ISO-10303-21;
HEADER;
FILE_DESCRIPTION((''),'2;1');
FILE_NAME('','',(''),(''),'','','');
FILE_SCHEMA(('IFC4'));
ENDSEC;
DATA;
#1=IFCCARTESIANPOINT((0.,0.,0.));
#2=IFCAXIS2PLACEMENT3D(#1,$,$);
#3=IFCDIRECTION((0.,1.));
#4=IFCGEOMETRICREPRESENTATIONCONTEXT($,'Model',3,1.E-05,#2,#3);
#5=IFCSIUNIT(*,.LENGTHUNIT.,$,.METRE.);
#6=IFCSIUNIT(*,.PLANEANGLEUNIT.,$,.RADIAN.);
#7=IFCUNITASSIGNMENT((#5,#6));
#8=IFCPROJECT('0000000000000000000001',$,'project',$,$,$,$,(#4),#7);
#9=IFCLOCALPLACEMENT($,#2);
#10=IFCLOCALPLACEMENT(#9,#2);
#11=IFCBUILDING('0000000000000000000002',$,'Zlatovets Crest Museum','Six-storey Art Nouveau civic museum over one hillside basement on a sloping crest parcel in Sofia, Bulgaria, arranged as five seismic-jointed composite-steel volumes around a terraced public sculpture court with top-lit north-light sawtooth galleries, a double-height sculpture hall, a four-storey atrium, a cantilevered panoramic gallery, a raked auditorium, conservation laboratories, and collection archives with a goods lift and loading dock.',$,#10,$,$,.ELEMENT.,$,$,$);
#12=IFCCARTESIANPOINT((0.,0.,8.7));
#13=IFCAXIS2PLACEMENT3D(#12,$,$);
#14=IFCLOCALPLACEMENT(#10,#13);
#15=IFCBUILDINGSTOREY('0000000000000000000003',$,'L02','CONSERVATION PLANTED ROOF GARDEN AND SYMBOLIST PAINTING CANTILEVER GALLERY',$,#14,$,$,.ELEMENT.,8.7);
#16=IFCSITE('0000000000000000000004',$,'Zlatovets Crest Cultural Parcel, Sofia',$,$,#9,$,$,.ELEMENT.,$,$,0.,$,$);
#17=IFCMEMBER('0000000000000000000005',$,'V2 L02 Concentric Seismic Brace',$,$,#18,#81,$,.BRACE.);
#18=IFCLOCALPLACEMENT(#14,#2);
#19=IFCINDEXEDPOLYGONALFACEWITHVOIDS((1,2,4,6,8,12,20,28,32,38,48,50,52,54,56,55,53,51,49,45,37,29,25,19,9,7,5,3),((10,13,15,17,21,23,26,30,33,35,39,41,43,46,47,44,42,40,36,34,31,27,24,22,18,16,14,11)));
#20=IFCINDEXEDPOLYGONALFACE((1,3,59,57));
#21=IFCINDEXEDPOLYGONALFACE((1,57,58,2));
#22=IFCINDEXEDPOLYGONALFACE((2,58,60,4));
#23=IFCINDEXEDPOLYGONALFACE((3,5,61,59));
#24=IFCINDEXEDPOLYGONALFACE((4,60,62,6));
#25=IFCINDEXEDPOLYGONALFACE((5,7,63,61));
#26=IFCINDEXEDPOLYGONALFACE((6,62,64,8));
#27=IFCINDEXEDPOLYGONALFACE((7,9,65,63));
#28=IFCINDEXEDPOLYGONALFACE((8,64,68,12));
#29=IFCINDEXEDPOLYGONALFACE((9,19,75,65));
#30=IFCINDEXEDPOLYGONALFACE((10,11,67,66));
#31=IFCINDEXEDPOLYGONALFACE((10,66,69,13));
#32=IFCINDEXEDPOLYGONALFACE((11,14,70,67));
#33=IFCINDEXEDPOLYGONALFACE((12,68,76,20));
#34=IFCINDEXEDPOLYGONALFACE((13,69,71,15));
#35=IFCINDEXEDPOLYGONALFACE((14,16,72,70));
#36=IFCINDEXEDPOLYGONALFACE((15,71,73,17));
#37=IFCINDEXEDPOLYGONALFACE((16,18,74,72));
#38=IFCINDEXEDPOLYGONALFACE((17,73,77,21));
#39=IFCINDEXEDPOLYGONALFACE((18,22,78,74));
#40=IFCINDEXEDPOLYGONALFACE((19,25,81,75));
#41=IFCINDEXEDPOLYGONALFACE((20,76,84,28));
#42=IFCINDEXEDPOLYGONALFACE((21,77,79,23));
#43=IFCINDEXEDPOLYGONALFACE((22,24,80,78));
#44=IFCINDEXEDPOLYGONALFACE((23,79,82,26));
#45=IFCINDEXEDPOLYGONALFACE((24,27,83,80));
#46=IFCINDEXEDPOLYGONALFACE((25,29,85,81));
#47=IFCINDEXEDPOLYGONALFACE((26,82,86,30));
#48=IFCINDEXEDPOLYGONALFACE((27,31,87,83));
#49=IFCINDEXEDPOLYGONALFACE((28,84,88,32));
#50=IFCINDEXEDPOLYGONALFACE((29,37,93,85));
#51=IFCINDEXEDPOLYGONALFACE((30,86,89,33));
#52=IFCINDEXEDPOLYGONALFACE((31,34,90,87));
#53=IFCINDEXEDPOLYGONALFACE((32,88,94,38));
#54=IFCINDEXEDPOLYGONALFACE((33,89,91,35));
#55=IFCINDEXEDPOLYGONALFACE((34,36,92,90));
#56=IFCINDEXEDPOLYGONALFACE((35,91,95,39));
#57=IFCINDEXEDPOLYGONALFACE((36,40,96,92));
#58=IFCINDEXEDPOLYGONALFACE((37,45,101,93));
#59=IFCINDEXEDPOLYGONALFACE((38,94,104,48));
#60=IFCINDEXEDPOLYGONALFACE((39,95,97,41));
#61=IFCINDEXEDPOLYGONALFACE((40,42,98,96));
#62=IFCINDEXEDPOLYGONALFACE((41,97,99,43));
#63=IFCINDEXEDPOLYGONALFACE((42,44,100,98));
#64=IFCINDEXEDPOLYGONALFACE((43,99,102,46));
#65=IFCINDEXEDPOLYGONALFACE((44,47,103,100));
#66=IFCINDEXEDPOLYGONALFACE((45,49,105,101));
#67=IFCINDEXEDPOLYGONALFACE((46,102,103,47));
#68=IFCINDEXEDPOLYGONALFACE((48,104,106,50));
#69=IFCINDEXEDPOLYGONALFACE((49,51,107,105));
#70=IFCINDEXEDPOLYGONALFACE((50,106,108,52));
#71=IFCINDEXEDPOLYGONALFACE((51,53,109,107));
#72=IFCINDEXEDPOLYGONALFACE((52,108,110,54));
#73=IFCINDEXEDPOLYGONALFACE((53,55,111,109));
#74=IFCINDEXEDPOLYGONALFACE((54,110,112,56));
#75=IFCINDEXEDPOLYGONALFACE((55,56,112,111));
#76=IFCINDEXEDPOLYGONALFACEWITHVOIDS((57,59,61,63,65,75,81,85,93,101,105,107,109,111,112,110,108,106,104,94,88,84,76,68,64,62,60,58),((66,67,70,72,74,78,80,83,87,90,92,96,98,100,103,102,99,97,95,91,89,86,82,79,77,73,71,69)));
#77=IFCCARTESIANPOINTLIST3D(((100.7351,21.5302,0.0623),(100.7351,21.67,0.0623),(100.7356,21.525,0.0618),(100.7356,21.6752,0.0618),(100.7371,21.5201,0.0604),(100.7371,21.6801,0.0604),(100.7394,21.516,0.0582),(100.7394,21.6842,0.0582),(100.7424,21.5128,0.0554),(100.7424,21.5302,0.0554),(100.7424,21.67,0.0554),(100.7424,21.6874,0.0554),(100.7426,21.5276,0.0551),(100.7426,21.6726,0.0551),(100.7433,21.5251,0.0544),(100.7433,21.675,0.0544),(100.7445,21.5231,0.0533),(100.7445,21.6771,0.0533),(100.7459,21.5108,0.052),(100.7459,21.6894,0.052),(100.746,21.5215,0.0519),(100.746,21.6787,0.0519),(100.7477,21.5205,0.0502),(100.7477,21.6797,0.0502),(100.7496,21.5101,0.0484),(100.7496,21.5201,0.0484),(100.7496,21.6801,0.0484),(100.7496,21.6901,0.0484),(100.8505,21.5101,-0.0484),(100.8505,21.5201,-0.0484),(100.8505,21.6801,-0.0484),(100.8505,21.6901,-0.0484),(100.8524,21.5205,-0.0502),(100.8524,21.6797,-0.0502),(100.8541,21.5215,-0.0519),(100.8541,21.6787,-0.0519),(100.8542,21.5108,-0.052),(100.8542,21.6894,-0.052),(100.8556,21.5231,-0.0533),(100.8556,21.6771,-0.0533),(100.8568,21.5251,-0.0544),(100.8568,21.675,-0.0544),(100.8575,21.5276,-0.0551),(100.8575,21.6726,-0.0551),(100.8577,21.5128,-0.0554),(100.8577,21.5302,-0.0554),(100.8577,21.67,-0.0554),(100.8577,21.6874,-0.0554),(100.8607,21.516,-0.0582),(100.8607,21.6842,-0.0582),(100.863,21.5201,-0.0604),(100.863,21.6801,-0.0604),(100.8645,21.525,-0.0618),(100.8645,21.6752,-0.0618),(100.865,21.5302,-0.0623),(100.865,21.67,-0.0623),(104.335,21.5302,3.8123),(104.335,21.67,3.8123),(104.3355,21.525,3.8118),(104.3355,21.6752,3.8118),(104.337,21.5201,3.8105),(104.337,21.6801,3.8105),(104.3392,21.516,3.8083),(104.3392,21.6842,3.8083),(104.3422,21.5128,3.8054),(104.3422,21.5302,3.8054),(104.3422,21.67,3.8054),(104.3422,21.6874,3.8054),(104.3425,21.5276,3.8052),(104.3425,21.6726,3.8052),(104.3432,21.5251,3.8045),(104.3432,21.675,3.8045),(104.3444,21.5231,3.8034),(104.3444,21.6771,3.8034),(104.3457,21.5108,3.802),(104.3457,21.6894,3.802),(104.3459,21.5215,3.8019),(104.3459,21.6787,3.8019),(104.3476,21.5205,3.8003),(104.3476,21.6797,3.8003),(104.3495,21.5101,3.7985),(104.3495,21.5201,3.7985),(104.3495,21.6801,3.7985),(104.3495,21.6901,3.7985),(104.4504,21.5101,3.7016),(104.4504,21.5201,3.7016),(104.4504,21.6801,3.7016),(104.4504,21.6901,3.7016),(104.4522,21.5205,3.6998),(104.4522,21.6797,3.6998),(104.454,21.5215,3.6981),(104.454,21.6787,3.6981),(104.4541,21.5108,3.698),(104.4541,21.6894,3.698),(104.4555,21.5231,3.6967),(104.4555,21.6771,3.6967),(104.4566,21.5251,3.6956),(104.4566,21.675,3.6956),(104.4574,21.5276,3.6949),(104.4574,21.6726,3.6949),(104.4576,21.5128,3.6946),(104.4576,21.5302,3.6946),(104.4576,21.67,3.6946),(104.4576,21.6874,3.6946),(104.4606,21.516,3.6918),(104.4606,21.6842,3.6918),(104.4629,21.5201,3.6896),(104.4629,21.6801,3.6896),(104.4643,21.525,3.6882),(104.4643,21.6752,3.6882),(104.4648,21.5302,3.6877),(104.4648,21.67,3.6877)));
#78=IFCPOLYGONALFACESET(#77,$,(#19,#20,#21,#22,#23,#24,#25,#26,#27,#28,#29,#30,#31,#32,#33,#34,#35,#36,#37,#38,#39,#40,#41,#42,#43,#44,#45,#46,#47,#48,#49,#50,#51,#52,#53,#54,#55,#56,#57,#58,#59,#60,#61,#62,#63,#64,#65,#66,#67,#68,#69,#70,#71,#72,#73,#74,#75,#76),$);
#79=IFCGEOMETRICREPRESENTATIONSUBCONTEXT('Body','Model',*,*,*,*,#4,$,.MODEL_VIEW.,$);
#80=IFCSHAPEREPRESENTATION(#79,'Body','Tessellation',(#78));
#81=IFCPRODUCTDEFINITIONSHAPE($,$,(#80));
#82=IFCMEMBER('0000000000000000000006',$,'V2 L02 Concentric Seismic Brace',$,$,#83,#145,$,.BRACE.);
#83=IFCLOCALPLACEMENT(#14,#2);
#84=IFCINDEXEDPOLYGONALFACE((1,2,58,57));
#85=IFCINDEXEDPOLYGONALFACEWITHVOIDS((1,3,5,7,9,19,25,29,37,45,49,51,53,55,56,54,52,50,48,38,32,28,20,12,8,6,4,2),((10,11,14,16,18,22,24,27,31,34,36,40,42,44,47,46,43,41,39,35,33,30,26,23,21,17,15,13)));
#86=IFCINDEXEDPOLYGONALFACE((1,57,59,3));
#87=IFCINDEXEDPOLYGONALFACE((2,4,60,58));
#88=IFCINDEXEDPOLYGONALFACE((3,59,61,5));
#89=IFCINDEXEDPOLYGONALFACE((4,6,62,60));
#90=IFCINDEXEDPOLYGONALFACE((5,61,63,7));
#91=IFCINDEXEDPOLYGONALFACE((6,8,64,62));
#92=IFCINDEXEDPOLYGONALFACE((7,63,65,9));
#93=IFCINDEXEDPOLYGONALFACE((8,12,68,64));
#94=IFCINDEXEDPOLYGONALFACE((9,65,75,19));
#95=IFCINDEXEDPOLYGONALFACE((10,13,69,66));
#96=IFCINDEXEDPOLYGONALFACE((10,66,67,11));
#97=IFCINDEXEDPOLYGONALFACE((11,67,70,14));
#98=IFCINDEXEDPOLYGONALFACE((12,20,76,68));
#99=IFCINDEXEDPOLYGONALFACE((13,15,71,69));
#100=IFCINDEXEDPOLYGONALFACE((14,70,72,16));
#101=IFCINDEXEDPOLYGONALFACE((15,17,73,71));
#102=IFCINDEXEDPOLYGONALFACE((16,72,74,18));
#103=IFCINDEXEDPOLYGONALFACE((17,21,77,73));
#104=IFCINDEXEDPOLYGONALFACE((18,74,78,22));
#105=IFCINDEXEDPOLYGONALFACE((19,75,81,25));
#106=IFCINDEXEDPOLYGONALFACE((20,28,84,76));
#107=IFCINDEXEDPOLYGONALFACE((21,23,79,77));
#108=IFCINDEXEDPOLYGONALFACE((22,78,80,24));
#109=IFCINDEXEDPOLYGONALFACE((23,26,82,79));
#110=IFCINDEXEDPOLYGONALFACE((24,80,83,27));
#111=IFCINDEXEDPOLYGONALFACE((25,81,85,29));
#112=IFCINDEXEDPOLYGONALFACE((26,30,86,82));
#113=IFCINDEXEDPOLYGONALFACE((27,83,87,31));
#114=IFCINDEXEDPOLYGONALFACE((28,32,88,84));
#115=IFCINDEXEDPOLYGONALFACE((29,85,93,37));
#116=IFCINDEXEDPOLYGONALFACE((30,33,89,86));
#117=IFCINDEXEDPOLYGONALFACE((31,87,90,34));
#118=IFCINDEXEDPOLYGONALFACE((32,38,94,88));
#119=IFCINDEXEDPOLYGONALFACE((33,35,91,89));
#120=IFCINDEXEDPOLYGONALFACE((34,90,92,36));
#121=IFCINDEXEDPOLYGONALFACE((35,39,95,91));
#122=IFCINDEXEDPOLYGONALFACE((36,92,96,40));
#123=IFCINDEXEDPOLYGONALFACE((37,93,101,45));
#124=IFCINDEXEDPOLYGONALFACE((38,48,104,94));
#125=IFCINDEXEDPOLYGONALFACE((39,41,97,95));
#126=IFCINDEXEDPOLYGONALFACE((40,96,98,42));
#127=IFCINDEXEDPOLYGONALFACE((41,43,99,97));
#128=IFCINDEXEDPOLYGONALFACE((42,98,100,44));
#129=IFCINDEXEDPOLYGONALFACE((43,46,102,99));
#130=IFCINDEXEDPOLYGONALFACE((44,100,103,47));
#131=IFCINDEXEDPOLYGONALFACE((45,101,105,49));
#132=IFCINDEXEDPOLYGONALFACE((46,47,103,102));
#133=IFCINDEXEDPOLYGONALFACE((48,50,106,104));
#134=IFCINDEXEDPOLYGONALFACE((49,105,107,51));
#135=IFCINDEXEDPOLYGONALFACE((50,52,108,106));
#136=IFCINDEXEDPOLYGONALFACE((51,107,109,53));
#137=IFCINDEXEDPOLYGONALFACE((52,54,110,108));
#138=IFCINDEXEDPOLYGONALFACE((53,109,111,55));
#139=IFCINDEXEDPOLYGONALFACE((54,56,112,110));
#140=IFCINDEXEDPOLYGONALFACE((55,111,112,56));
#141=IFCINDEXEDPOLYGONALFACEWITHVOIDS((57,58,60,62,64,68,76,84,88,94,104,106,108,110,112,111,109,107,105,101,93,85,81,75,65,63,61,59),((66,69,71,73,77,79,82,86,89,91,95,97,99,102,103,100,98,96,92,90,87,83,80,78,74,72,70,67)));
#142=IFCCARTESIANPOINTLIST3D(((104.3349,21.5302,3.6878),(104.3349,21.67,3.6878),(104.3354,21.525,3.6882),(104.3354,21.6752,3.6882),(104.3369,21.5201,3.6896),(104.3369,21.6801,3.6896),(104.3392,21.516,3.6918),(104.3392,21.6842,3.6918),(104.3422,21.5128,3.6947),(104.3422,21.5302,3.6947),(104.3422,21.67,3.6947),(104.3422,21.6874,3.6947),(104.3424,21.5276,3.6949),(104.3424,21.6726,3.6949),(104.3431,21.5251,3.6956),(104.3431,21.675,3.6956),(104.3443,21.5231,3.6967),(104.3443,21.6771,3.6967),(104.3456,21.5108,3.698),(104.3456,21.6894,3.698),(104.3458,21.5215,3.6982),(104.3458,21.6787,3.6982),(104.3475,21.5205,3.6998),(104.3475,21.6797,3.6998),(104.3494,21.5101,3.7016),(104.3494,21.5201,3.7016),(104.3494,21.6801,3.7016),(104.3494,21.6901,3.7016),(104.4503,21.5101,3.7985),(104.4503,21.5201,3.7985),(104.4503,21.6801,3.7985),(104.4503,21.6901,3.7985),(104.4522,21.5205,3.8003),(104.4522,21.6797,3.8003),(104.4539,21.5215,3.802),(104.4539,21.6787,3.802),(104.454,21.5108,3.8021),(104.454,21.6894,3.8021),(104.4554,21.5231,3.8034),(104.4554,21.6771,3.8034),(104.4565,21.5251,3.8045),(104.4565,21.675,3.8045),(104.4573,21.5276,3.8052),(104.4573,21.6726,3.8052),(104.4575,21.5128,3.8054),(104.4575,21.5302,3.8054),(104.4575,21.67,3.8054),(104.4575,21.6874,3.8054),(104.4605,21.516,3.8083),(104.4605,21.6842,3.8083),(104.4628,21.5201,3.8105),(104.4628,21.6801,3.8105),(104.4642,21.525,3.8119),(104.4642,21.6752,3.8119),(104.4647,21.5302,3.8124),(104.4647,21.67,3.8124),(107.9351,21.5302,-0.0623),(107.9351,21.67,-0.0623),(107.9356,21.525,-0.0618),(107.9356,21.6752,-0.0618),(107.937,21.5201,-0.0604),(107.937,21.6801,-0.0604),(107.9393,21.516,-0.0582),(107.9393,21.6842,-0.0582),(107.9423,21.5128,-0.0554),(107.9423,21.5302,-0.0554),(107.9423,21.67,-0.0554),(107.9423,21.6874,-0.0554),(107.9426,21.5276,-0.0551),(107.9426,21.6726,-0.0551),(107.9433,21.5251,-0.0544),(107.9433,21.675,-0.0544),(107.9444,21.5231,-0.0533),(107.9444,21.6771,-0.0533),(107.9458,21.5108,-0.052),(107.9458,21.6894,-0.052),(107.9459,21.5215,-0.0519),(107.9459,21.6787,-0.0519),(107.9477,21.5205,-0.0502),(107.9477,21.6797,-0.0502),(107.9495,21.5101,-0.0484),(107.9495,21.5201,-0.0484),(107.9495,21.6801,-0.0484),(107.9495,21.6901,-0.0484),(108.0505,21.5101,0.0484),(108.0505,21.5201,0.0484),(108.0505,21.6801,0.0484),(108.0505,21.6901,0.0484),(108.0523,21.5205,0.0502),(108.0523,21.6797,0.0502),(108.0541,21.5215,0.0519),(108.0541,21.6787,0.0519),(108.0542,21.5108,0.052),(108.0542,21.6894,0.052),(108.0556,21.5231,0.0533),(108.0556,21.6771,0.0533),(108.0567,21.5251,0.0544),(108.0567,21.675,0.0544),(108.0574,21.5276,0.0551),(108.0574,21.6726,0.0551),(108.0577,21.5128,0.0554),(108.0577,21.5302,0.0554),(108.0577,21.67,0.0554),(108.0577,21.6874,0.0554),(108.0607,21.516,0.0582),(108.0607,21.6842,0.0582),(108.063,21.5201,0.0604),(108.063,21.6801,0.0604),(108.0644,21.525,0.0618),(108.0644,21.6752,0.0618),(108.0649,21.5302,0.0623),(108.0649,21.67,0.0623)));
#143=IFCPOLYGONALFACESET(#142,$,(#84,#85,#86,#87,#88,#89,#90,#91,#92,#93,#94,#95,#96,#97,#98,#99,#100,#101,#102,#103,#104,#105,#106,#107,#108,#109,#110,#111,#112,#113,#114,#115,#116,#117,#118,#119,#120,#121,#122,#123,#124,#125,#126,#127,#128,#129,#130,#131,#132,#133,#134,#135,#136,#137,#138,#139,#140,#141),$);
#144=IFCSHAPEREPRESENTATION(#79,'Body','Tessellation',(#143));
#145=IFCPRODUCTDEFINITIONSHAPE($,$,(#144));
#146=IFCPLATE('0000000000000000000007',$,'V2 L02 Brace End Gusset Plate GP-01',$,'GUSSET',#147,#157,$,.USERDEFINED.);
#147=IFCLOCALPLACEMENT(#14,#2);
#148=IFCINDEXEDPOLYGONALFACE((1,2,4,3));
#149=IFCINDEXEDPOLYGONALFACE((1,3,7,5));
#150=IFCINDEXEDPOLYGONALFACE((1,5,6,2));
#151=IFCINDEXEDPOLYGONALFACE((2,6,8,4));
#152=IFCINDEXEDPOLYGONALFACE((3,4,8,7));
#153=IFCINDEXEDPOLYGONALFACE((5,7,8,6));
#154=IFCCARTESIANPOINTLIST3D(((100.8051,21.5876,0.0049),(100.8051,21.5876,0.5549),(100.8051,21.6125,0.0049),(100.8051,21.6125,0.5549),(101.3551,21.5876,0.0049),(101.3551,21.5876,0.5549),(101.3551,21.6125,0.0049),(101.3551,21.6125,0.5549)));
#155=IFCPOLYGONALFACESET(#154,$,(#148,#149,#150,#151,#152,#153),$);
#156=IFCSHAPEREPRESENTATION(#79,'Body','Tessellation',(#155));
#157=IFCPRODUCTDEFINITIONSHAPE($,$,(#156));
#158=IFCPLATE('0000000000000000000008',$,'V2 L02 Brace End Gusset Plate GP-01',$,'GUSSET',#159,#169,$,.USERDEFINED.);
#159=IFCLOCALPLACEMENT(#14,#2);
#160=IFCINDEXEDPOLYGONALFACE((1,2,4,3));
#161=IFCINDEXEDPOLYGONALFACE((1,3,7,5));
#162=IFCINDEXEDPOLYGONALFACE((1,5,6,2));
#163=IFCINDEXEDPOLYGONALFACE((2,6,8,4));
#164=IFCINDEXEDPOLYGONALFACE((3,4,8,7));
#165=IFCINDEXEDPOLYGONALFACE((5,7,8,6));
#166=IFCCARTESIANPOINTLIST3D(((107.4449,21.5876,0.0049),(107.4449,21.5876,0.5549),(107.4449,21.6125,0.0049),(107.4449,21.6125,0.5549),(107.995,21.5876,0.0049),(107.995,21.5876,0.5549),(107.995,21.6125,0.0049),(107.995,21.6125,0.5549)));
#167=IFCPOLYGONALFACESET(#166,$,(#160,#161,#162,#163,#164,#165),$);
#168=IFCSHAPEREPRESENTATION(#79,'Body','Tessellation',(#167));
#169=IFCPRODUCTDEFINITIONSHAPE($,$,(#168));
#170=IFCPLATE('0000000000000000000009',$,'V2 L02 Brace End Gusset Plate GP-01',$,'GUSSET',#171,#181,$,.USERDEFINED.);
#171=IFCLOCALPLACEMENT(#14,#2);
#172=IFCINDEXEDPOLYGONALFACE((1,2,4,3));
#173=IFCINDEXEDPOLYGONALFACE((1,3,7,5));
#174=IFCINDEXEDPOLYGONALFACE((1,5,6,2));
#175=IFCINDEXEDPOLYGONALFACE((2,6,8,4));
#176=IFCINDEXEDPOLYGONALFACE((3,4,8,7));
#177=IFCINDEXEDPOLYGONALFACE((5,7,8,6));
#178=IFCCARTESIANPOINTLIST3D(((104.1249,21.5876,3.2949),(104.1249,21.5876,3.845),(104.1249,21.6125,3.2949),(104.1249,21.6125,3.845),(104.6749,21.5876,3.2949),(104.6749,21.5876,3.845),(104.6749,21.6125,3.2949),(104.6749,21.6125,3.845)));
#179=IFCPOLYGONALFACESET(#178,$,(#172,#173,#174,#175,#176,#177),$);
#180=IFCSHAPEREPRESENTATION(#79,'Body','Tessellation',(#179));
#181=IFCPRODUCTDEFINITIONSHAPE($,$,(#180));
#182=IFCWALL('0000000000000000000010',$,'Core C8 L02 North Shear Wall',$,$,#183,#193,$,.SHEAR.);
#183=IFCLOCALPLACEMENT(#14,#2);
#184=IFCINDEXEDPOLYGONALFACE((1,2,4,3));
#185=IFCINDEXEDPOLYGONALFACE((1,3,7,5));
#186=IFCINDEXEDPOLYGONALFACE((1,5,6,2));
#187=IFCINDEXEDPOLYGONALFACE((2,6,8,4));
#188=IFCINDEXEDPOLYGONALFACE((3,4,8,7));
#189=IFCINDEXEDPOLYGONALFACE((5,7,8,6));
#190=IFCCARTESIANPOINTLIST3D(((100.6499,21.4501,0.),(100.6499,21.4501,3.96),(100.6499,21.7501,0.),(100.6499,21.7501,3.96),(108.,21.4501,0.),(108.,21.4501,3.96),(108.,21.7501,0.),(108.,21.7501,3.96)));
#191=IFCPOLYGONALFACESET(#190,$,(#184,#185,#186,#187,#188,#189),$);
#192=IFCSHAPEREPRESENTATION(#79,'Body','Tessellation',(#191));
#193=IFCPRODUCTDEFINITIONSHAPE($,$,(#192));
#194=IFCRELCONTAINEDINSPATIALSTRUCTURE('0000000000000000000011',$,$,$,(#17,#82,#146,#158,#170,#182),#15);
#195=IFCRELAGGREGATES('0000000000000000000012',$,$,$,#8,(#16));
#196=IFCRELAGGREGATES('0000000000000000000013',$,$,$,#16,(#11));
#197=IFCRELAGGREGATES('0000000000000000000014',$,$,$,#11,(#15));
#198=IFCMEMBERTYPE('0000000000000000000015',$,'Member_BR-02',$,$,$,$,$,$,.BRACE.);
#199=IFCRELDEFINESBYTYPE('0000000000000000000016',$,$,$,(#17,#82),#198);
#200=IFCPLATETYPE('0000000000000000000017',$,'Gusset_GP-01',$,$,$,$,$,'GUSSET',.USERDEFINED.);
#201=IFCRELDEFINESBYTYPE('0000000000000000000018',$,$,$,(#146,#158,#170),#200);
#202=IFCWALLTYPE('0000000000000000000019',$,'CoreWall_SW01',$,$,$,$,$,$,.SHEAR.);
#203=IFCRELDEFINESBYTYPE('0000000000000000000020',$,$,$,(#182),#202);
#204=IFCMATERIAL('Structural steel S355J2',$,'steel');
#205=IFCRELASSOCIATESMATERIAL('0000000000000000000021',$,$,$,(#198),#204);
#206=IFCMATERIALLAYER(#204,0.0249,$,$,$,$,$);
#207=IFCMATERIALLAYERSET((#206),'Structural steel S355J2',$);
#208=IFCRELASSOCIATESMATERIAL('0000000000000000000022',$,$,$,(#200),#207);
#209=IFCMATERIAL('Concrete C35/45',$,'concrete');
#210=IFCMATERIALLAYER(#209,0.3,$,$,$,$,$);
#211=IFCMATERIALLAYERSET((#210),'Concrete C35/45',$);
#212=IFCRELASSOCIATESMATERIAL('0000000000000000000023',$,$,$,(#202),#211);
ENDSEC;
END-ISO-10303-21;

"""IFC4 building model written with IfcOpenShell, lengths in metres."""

from ifc_helpers import new_model, si_unit, direction, frame, frame_2d, origin, origin_2d, place, context, subcontext, project, spatial, rectangle, hollow_rectangle, extrude, material, layer, layer_set, material_profile, profile_set, type_object, element, save


model = new_model("IFC4")

# Units and contexts
model_context = context("Model", 3, precision=1e-05, world=origin(), true_north=direction((0.0, 1.0)))
body_context = subcontext(model_context, "Body", "Model", "MODEL_VIEW")
ifc_project = project(units=[si_unit("LENGTHUNIT", "METRE"), si_unit("PLANEANGLEUNIT", "RADIAN")], contexts=[model_context])

# Site, building, storey
site_placement = place(None, origin())
site = spatial("IfcSite", under=ifc_project, at=site_placement, Name="Zlatovets Crest Cultural Parcel, Sofia", CompositionType="ELEMENT", RefElevation=0.0)
building_placement = place(site_placement, origin())
building = spatial("IfcBuilding", under=site, at=building_placement, Name="Zlatovets Crest Museum", Description="Six-storey Art Nouveau civic museum over one hillside basement on a sloping crest parcel in Sofia, Bulgaria, arranged as five seismic-jointed composite-steel volumes around a terraced public sculpture court with top-lit north-light sawtooth galleries, a double-height sculpture hall, a four-storey atrium, a cantilevered panoramic gallery, a raked auditorium, conservation laboratories, and collection archives with a goods lift and loading dock.", CompositionType="ELEMENT")
storey_placement = place(building_placement, frame((0.0, 0.0, 8.7)))
storey = spatial("IfcBuildingStorey", under=building, at=storey_placement, Name="L02", Description="CONSERVATION PLANTED ROOF GARDEN AND SYMBOLIST PAINTING CANTILEVER GALLERY", CompositionType="ELEMENT", Elevation=8.7)

# Shared definitions
ifc_material_1 = material(Name="Structural steel S355J2", Category="steel")

# Members
ifc_material_profile_1 = material_profile(ifc_material_1, hollow_rectangle(XDim=0.1799, YDim=0.1799, WallThickness=0.01, InnerFilletRadius=0.01, OuterFilletRadius=0.02, at=origin_2d()), Name="SHS 180x180x10.0")
ifc_profile_set_1 = profile_set([ifc_material_profile_1], Name="Structural steel S355J2")
member_type = type_object("IfcMemberType", Name="Member_BR-02", PredefinedType="BRACE", material=ifc_profile_set_1)
member_1_placement = place(storey_placement, frame((100.8, 21.6001, 0.0), z_axis=(0.692517, 0.0, 0.721401), x_axis=(0.0, 1.0, 0.0)))
element("IfcMember", 1, at=member_1_placement, inside=storey, type_object=member_type, Name="V2 L02 Concentric Seismic Brace", PredefinedType="BRACE", context=body_context, shape_type="SweptSolid", body=[
    extrude(hollow_rectangle(XDim=0.1799, YDim=0.1799, WallThickness=0.01, InnerFilletRadius=0.01, OuterFilletRadius=0.02, at=origin_2d()), origin(), (0.0, 0.0, 1.0), 5.1982),
])
member_2_placement = place(storey_placement, frame((108.0, 21.6001, 0.0), z_axis=(-0.692542, 0.0, 0.721378), x_axis=(0.0, -1.0, 0.0)))
element("IfcMember", 2, at=member_2_placement, inside=storey, type_object=member_type, Name="V2 L02 Concentric Seismic Brace", PredefinedType="BRACE", context=body_context, shape_type="SweptSolid", body=[
    extrude(hollow_rectangle(XDim=0.1799, YDim=0.1799, WallThickness=0.01, InnerFilletRadius=0.01, OuterFilletRadius=0.02, at=origin_2d()), origin(), (0.0, 0.0, 1.0), 5.1985),
])

# Plates
ifc_layer_1 = layer(ifc_material_1, 0.0249)
ifc_layer_set_1 = layer_set([ifc_layer_1], Name="Structural steel S355J2")
plate_type = type_object("IfcPlateType", Name="Gusset_GP-01", ElementType="GUSSET", PredefinedType="USERDEFINED", material=ifc_layer_set_1)
for number, where, z_axis, x_axis, name in (
    (3, (101.0801, 21.6001, 0.0049), (0.0, 0.0, 1.0), (1.0, 0.0, 0.0), "V2 L02 Brace End Gusset Plate GP-01"),
    (4, (107.72, 21.6001, 0.0049), (0.0, 0.0, 1.0), (1.0, 0.0, 0.0), "V2 L02 Brace End Gusset Plate GP-01"),
    (5, (104.3999, 21.6001, 3.2949), (0.0, 0.0, 1.0), (1.0, 0.0, 0.0), "V2 L02 Brace End Gusset Plate GP-01"),
):
    element("IfcPlate", number, at=place(storey_placement, frame(where, z_axis=z_axis, x_axis=x_axis)), inside=storey, type_object=plate_type, Name=name, ObjectType="GUSSET", PredefinedType="USERDEFINED", context=body_context, shape_type="SweptSolid", body=[
        extrude(rectangle(XDim=0.55, YDim=0.0249, at=origin_2d()), origin(), (0.0, 0.0, 1.0), 0.55),
    ])

# Wall
ifc_material_2 = material(Name="Concrete C35/45", Category="concrete")
ifc_layer_2 = layer(ifc_material_2, 0.3)
ifc_layer_set_2 = layer_set([ifc_layer_2], Name="Concrete C35/45")
wall_type_1 = type_object("IfcWallType", Name="CoreWall_SW01", PredefinedType="SHEAR", material=ifc_layer_set_2)
wall_1_placement = place(storey_placement, frame((100.6499, 21.6001, 0.0), z_axis=(0.0, 0.0, 1.0), x_axis=(1.0, 0.0, 0.0)))
element("IfcWall", 6, at=wall_1_placement, inside=storey, type_object=wall_type_1, Name="Core C8 L02 North Shear Wall", PredefinedType="SHEAR", context=body_context, shape_type="SweptSolid", body=[
    extrude(rectangle(XDim=7.3501, YDim=0.3, at=frame_2d((3.675, 0.0))), origin(), (0.0, 0.0, 1.0), 3.96),
])

save(model, "model.ifc")
